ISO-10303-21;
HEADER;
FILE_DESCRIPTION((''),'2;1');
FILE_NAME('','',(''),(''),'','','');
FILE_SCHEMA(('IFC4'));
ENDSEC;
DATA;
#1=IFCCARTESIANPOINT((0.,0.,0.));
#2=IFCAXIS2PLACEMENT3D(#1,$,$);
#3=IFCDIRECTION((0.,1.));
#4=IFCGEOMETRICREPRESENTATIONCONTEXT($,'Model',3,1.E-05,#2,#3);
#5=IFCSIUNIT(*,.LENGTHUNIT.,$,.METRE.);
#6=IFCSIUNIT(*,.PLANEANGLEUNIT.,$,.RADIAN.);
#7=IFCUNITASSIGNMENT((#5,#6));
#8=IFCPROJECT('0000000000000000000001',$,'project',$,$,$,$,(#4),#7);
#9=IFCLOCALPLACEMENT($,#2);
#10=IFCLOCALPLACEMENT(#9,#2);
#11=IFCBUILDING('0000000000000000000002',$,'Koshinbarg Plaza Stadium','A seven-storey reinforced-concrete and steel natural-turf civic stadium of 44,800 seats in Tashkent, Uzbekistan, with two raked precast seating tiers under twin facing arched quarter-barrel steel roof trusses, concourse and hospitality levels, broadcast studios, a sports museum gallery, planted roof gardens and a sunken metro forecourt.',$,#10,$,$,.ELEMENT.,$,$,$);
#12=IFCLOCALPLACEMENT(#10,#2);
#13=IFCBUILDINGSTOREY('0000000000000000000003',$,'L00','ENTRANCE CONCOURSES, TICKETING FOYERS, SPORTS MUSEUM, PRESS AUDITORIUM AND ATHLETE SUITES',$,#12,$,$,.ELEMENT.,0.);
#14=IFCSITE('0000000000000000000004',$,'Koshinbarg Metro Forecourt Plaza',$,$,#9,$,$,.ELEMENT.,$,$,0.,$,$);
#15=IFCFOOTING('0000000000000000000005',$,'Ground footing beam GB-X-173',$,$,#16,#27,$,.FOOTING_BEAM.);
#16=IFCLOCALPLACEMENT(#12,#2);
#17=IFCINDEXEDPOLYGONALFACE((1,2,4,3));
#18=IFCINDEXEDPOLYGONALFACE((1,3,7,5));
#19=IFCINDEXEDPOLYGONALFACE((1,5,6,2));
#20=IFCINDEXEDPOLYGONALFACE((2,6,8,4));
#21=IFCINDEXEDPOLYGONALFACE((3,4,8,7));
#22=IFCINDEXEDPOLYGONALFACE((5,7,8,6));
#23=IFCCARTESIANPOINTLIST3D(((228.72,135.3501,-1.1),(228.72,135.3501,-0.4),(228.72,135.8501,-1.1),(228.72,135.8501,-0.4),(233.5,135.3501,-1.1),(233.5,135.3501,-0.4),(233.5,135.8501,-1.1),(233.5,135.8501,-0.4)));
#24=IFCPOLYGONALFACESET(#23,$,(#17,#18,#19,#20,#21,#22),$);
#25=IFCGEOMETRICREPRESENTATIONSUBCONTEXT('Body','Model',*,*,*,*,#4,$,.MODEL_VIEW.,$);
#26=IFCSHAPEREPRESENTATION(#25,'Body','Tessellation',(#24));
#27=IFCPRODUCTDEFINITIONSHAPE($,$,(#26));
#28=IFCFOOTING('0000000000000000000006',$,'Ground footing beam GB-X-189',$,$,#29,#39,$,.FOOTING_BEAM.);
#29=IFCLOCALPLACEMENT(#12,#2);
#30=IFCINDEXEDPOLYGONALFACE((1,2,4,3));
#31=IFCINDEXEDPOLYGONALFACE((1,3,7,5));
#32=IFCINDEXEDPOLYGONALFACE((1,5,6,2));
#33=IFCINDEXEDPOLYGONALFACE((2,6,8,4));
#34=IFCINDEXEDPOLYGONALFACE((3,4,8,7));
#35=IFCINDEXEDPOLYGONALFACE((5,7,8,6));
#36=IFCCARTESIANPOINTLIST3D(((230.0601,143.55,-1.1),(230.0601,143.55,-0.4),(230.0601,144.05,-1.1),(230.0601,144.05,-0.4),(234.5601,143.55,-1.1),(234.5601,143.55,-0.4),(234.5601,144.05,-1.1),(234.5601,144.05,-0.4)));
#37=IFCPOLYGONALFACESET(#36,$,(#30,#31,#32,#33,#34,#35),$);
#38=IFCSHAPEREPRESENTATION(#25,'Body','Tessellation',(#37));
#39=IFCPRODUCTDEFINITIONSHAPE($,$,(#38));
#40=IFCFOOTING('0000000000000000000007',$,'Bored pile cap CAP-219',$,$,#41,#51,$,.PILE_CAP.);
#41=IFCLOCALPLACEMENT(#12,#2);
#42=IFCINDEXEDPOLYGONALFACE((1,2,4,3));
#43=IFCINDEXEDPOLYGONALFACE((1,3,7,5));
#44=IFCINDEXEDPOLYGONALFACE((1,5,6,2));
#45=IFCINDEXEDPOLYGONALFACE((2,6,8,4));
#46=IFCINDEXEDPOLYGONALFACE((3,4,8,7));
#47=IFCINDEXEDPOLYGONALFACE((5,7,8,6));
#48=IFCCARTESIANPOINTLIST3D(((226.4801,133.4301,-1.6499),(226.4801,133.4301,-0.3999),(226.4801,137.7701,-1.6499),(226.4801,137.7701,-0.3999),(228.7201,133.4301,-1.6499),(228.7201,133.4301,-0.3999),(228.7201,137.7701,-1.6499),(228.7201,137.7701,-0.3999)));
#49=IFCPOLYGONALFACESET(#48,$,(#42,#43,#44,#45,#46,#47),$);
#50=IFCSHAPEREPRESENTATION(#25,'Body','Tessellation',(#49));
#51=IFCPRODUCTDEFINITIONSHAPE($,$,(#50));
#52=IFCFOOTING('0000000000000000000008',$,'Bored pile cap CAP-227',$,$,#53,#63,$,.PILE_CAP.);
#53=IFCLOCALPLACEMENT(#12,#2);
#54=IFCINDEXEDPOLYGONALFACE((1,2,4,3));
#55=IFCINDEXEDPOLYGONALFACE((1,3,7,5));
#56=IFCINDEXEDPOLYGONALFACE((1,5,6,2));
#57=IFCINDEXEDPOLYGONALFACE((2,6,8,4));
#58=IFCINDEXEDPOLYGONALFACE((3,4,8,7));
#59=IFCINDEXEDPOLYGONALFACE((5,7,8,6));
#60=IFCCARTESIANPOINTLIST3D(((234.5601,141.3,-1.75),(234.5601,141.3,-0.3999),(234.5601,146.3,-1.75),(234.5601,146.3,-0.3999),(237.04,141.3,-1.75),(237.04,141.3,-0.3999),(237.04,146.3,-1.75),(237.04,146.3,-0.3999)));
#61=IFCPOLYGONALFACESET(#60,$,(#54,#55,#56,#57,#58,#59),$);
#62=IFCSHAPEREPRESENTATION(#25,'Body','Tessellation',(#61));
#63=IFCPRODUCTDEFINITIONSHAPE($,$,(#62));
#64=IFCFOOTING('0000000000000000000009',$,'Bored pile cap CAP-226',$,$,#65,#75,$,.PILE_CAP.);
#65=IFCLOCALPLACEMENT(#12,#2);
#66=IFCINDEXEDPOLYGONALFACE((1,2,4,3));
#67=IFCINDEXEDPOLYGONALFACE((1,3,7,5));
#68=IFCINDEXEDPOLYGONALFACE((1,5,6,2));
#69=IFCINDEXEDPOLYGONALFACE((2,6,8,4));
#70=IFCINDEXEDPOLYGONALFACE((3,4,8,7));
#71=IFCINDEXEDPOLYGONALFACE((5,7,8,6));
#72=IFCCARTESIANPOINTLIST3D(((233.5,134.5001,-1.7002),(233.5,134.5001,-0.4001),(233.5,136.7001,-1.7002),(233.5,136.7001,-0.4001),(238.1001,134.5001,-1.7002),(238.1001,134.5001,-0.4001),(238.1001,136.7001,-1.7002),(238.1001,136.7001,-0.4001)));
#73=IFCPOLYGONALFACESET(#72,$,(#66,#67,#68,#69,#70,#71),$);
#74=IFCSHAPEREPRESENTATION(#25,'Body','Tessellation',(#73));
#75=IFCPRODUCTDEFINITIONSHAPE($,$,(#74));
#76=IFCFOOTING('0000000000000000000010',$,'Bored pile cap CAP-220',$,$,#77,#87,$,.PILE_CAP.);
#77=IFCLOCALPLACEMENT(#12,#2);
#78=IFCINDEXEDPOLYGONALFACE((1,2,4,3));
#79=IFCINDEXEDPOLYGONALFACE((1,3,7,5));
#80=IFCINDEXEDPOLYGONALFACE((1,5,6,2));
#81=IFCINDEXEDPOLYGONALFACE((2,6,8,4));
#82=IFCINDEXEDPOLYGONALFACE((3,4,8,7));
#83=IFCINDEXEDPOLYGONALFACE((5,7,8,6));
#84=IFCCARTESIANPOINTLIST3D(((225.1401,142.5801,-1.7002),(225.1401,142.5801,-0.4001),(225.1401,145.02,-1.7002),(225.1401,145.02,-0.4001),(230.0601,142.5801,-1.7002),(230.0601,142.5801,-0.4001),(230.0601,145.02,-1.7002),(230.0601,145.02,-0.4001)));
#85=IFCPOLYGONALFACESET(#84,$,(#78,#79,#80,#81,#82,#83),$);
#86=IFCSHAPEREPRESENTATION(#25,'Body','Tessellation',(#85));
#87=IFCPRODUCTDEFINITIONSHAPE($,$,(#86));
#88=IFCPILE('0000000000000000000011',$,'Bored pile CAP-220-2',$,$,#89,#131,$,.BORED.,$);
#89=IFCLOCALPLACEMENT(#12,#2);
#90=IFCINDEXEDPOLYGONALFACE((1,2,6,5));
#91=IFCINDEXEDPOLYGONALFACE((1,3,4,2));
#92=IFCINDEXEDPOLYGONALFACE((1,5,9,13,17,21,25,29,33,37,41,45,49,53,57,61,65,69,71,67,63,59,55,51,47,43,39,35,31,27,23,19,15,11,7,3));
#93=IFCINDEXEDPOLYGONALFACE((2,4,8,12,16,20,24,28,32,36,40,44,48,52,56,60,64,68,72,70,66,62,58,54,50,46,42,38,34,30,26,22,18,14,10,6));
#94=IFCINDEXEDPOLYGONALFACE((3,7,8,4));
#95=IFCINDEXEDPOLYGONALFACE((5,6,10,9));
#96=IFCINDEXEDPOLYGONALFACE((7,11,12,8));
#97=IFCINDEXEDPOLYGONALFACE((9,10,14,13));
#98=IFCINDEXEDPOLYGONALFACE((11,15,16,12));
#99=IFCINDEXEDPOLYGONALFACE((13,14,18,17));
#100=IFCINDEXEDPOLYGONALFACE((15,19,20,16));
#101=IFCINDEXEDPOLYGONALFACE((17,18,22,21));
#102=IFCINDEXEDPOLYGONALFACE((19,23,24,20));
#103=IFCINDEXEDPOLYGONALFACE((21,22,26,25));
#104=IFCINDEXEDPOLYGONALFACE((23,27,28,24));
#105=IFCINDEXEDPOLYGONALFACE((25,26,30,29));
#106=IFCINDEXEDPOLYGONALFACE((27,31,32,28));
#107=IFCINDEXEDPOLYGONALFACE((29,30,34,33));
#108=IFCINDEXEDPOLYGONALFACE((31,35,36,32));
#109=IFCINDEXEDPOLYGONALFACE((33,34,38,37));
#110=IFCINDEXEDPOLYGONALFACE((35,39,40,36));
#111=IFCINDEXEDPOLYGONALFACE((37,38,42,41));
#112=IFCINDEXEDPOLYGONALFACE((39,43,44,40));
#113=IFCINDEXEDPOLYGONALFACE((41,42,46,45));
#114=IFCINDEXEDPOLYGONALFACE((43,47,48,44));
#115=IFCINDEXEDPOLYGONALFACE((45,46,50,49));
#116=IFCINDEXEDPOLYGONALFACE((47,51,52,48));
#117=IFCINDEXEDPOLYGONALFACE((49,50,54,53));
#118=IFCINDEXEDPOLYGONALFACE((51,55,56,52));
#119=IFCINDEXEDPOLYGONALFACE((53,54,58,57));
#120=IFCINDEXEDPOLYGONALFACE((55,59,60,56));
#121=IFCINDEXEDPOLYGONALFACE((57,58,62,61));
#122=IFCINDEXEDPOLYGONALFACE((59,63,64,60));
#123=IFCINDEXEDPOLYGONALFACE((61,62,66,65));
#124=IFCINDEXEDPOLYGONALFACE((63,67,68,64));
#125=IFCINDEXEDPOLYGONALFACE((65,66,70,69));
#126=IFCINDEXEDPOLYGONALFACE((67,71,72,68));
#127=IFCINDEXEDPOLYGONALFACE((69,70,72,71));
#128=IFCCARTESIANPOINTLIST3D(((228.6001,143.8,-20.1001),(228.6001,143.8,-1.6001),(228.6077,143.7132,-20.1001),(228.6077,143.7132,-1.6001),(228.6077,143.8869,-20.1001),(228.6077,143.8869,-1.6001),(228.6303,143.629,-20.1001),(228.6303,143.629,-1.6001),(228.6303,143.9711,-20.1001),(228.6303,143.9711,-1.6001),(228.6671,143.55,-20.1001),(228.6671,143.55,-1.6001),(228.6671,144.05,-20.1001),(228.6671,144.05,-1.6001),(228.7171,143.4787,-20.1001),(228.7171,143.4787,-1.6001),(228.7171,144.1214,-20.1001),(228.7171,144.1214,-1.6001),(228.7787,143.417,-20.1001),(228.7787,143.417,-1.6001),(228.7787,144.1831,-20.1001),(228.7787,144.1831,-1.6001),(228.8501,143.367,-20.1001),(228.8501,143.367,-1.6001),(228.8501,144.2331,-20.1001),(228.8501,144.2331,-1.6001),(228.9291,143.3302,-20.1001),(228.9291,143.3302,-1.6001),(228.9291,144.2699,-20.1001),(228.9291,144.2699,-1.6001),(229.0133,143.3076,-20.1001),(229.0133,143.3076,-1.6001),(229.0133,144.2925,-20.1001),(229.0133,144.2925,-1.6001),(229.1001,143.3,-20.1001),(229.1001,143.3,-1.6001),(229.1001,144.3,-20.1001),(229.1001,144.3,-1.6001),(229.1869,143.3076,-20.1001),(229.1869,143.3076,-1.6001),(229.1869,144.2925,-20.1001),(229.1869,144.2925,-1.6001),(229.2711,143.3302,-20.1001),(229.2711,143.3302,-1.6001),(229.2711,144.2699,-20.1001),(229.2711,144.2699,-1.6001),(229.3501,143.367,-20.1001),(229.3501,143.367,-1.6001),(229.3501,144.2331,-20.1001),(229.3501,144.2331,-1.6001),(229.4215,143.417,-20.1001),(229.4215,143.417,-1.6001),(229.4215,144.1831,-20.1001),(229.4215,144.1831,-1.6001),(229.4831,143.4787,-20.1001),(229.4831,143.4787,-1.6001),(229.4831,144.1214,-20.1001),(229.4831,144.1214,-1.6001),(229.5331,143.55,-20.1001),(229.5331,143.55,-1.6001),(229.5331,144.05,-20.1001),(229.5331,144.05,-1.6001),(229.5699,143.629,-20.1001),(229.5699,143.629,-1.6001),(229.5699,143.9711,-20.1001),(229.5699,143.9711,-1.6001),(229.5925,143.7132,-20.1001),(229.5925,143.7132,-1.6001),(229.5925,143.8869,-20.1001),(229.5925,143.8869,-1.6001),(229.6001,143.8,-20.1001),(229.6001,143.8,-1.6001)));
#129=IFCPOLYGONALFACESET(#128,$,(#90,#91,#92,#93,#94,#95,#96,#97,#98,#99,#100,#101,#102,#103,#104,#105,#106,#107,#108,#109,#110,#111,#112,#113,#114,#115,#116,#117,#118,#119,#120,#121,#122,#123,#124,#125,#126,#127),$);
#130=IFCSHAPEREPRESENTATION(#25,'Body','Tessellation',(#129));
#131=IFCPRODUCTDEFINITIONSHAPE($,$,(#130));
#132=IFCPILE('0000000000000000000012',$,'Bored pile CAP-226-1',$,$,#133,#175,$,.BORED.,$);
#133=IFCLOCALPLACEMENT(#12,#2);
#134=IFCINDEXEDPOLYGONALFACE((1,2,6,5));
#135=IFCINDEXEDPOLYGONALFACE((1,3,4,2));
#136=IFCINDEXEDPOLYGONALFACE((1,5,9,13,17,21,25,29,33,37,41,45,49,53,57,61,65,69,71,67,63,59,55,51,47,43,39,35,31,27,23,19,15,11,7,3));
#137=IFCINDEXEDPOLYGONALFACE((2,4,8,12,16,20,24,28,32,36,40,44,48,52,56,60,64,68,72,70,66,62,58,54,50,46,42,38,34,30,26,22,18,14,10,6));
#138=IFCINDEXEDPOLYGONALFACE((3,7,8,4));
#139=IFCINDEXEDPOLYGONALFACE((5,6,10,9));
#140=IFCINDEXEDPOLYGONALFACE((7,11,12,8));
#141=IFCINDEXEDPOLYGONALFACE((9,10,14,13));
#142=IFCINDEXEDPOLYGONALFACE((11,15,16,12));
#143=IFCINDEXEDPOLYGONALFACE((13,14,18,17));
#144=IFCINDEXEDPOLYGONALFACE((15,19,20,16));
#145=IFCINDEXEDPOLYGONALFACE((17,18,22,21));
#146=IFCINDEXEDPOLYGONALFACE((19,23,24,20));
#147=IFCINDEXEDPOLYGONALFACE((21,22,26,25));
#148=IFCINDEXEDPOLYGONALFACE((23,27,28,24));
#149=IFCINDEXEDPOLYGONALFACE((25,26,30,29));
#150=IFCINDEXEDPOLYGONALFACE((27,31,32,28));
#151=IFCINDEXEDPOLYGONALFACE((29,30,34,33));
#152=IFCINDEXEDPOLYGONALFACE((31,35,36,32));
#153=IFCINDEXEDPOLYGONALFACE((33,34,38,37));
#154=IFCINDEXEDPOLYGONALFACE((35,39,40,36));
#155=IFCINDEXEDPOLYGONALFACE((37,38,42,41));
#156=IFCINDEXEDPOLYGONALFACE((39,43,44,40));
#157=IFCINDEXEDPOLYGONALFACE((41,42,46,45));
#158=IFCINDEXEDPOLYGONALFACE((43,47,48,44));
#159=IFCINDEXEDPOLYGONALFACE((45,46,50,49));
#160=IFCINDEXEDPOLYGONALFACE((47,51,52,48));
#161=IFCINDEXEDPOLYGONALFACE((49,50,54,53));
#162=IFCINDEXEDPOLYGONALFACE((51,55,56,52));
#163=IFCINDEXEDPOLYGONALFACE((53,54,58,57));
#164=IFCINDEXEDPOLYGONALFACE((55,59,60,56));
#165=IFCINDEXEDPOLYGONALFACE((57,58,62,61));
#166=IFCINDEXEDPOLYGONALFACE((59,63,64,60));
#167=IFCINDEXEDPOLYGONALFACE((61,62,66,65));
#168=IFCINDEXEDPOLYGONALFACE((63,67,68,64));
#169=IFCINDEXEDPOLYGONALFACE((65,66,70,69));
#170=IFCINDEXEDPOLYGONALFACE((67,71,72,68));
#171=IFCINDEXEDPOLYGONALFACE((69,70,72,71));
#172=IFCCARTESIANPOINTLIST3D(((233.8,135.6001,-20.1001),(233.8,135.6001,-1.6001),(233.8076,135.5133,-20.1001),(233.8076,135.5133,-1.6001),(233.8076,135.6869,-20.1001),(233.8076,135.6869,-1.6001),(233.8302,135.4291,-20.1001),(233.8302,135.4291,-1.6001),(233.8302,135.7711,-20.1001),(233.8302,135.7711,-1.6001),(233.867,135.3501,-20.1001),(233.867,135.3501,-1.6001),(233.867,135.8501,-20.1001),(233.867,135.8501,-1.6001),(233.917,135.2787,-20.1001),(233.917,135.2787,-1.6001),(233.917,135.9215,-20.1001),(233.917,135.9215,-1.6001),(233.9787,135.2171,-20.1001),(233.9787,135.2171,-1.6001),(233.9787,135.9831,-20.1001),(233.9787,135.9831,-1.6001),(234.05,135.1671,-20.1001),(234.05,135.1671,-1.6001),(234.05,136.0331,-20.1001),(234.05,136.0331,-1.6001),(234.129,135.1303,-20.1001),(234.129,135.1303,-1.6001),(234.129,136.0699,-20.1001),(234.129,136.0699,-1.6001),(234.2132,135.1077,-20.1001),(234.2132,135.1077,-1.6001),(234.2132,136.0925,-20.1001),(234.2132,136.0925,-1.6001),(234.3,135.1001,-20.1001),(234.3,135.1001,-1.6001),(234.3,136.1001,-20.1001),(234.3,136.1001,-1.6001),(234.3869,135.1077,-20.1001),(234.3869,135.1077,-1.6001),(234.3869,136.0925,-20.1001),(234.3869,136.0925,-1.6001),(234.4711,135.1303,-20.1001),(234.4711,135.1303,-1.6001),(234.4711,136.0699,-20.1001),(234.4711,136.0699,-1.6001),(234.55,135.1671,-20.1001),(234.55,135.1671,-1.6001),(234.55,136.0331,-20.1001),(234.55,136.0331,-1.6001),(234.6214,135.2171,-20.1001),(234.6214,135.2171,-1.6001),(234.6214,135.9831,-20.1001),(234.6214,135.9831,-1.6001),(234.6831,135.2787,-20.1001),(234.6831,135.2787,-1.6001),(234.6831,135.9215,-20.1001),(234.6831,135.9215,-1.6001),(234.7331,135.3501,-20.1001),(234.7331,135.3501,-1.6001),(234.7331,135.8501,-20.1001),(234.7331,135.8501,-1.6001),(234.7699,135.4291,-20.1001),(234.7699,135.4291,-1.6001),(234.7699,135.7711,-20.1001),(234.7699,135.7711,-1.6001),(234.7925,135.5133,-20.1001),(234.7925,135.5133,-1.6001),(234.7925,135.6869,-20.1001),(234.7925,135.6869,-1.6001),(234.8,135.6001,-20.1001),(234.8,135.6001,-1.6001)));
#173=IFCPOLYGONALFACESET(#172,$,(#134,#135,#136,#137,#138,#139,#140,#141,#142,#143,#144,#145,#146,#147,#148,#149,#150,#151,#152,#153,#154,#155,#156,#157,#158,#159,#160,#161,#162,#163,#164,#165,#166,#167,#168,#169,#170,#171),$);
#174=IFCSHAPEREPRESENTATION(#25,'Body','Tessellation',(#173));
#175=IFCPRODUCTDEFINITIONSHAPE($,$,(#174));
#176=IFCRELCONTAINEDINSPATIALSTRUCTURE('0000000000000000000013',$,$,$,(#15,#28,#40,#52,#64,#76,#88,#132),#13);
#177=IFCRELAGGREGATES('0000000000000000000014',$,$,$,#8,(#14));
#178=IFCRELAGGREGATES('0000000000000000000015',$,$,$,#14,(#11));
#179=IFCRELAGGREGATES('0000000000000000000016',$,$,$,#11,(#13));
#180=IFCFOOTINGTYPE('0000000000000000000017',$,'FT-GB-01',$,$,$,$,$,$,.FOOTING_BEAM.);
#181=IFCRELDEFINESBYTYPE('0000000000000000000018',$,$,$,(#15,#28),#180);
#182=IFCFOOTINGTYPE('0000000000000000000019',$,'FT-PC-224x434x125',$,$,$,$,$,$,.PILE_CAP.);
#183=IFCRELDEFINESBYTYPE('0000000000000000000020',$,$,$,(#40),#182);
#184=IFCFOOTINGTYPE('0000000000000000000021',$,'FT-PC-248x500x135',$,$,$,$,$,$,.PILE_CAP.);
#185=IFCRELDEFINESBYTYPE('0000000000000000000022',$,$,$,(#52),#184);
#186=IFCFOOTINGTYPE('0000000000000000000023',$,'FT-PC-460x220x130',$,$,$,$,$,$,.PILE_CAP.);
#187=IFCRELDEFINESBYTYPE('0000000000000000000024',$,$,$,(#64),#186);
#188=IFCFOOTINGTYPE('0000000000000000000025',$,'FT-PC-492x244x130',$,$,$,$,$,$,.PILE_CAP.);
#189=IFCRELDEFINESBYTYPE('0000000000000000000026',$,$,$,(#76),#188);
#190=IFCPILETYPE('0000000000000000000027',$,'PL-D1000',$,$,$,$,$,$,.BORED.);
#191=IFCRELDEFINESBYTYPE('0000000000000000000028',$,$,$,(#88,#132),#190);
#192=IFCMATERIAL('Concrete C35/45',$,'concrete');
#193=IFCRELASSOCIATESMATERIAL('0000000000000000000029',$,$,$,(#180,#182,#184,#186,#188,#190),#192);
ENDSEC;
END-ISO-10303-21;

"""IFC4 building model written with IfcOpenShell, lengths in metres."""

from ifc_helpers import new_model, si_unit, direction, frame, origin, origin_2d, place, context, subcontext, project, spatial, rectangle, circle, extrude, material, material_profile, profile_set, type_object, element, save


model = new_model("IFC4")

# Units and contexts
model_context = context("Model", 3, precision=1e-05, world=origin(), true_north=direction((0.0, 1.0)))
body_context = subcontext(model_context, "Body", "Model", "MODEL_VIEW")
ifc_project = project(units=[si_unit("LENGTHUNIT", "METRE"), si_unit("PLANEANGLEUNIT", "RADIAN")], contexts=[model_context])

# Site, building, storey
site_placement = place(None, origin())
site = spatial("IfcSite", under=ifc_project, at=site_placement, Name="Koshinbarg Metro Forecourt Plaza", CompositionType="ELEMENT", RefElevation=0.0)
building_placement = place(site_placement, origin())
building = spatial("IfcBuilding", under=site, at=building_placement, Name="Koshinbarg Plaza Stadium", Description="A seven-storey reinforced-concrete and steel natural-turf civic stadium of 44,800 seats in Tashkent, Uzbekistan, with two raked precast seating tiers under twin facing arched quarter-barrel steel roof trusses, concourse and hospitality levels, broadcast studios, a sports museum gallery, planted roof gardens and a sunken metro forecourt.", CompositionType="ELEMENT")
storey_placement = place(building_placement, origin())
storey = spatial("IfcBuildingStorey", under=building, at=storey_placement, Name="L00", Description="ENTRANCE CONCOURSES, TICKETING FOYERS, SPORTS MUSEUM, PRESS AUDITORIUM AND ATHLETE SUITES", CompositionType="ELEMENT", Elevation=0.0)

# Footings
ifc_material_1 = material(Name="Concrete C35/45", Category="concrete")
ifc_material_profile_1 = material_profile(ifc_material_1, rectangle(XDim=0.5, YDim=0.7, at=origin_2d()), Name="GB 500x700")
ifc_profile_set_1 = profile_set([ifc_material_profile_1], Name="Concrete C35/45")
footing_type_1 = type_object("IfcFootingType", Name="FT-GB-01", PredefinedType="FOOTING_BEAM", material=ifc_profile_set_1)
footing_1_placement = place(storey_placement, frame((228.72, 135.6001, -0.75), z_axis=(1.0, 0.0, 0.0), x_axis=(0.0, 1.0, 0.0)))
element("IfcFooting", 1, at=footing_1_placement, inside=storey, type_object=footing_type_1, Name="Ground footing beam GB-X-173", PredefinedType="FOOTING_BEAM", context=body_context, shape_type="SweptSolid", body=[
    extrude(rectangle(XDim=0.5, YDim=0.7, at=origin_2d()), origin(), (0.0, 0.0, 1.0), 4.78),
])
footing_2_placement = place(storey_placement, frame((230.0601, 143.8, -0.75), z_axis=(1.0, 0.0, 0.0), x_axis=(0.0, 1.0, 0.0)))
element("IfcFooting", 2, at=footing_2_placement, inside=storey, type_object=footing_type_1, Name="Ground footing beam GB-X-189", PredefinedType="FOOTING_BEAM", context=body_context, shape_type="SweptSolid", body=[
    extrude(rectangle(XDim=0.5, YDim=0.7, at=origin_2d()), origin(), (0.0, 0.0, 1.0), 4.5),
])
footing_type_2 = type_object("IfcFootingType", Name="FT-PC-224x434x125", PredefinedType="PILE_CAP", material=ifc_material_1)
footing_3_placement = place(storey_placement, frame((227.6001, 135.6001, -1.6499), z_axis=(0.0, 0.0, 1.0), x_axis=(1.0, 0.0, 0.0)))
element("IfcFooting", 3, at=footing_3_placement, inside=storey, type_object=footing_type_2, Name="Bored pile cap CAP-219", PredefinedType="PILE_CAP", context=body_context, shape_type="SweptSolid", body=[
    extrude(rectangle(XDim=2.24, YDim=4.3401, at=origin_2d()), origin(), (0.0, 0.0, 1.0), 1.25),
])
footing_type_3 = type_object("IfcFootingType", Name="FT-PC-248x500x135", PredefinedType="PILE_CAP", material=ifc_material_1)
footing_4_placement = place(storey_placement, frame((235.8, 143.8, -1.75), z_axis=(0.0, 0.0, 1.0), x_axis=(1.0, 0.0, 0.0)))
element("IfcFooting", 4, at=footing_4_placement, inside=storey, type_object=footing_type_3, Name="Bored pile cap CAP-227", PredefinedType="PILE_CAP", context=body_context, shape_type="SweptSolid", body=[
    extrude(rectangle(XDim=2.48, YDim=5.0, at=origin_2d()), origin(), (0.0, 0.0, 1.0), 1.3501),
])
footing_type_4 = type_object("IfcFootingType", Name="FT-PC-460x220x130", PredefinedType="PILE_CAP", material=ifc_material_1)
footing_5_placement = place(storey_placement, frame((235.8, 135.6001, -1.7002), z_axis=(0.0, 0.0, 1.0), x_axis=(1.0, 0.0, 0.0)))
element("IfcFooting", 5, at=footing_5_placement, inside=storey, type_object=footing_type_4, Name="Bored pile cap CAP-226", PredefinedType="PILE_CAP", context=body_context, shape_type="SweptSolid", body=[
    extrude(rectangle(XDim=4.6001, YDim=2.2, at=origin_2d()), origin(), (0.0, 0.0, 1.0), 1.3),
])
footing_type_5 = type_object("IfcFootingType", Name="FT-PC-492x244x130", PredefinedType="PILE_CAP", material=ifc_material_1)
footing_6_placement = place(storey_placement, frame((227.6001, 143.8, -1.7002), z_axis=(0.0, 0.0, 1.0), x_axis=(1.0, 0.0, 0.0)))
element("IfcFooting", 6, at=footing_6_placement, inside=storey, type_object=footing_type_5, Name="Bored pile cap CAP-220", PredefinedType="PILE_CAP", context=body_context, shape_type="SweptSolid", body=[
    extrude(rectangle(XDim=4.9199, YDim=2.4399, at=origin_2d()), origin(), (0.0, 0.0, 1.0), 1.3),
])

# Piles
ifc_material_profile_2 = material_profile(ifc_material_1, circle(Radius=0.5, at=origin_2d()), Name="PILE D1000")
ifc_profile_set_2 = profile_set([ifc_material_profile_2], Name="Concrete C35/45")
pile_type_1 = type_object("IfcPileType", Name="PL-D1000", PredefinedType="BORED", material=ifc_profile_set_2)
for number, where, z_axis, x_axis, name in (
    (7, (229.1001, 143.8, -1.6001), (0.0, 0.0, -1.0), (1.0, 0.0, 0.0), "Bored pile CAP-220-2"),
    (8, (234.3, 135.6001, -1.6001), (0.0, 0.0, -1.0), (1.0, 0.0, 0.0), "Bored pile CAP-226-1"),
):
    element("IfcPile", number, at=place(storey_placement, frame(where, z_axis=z_axis, x_axis=x_axis)), inside=storey, type_object=pile_type_1, Name=name, PredefinedType="BORED", context=body_context, shape_type="SweptSolid", body=[
        extrude(circle(Radius=0.5, at=origin_2d()), origin(), (0.0, 0.0, 1.0), 18.5),
    ])

save(model, "model.ifc")
